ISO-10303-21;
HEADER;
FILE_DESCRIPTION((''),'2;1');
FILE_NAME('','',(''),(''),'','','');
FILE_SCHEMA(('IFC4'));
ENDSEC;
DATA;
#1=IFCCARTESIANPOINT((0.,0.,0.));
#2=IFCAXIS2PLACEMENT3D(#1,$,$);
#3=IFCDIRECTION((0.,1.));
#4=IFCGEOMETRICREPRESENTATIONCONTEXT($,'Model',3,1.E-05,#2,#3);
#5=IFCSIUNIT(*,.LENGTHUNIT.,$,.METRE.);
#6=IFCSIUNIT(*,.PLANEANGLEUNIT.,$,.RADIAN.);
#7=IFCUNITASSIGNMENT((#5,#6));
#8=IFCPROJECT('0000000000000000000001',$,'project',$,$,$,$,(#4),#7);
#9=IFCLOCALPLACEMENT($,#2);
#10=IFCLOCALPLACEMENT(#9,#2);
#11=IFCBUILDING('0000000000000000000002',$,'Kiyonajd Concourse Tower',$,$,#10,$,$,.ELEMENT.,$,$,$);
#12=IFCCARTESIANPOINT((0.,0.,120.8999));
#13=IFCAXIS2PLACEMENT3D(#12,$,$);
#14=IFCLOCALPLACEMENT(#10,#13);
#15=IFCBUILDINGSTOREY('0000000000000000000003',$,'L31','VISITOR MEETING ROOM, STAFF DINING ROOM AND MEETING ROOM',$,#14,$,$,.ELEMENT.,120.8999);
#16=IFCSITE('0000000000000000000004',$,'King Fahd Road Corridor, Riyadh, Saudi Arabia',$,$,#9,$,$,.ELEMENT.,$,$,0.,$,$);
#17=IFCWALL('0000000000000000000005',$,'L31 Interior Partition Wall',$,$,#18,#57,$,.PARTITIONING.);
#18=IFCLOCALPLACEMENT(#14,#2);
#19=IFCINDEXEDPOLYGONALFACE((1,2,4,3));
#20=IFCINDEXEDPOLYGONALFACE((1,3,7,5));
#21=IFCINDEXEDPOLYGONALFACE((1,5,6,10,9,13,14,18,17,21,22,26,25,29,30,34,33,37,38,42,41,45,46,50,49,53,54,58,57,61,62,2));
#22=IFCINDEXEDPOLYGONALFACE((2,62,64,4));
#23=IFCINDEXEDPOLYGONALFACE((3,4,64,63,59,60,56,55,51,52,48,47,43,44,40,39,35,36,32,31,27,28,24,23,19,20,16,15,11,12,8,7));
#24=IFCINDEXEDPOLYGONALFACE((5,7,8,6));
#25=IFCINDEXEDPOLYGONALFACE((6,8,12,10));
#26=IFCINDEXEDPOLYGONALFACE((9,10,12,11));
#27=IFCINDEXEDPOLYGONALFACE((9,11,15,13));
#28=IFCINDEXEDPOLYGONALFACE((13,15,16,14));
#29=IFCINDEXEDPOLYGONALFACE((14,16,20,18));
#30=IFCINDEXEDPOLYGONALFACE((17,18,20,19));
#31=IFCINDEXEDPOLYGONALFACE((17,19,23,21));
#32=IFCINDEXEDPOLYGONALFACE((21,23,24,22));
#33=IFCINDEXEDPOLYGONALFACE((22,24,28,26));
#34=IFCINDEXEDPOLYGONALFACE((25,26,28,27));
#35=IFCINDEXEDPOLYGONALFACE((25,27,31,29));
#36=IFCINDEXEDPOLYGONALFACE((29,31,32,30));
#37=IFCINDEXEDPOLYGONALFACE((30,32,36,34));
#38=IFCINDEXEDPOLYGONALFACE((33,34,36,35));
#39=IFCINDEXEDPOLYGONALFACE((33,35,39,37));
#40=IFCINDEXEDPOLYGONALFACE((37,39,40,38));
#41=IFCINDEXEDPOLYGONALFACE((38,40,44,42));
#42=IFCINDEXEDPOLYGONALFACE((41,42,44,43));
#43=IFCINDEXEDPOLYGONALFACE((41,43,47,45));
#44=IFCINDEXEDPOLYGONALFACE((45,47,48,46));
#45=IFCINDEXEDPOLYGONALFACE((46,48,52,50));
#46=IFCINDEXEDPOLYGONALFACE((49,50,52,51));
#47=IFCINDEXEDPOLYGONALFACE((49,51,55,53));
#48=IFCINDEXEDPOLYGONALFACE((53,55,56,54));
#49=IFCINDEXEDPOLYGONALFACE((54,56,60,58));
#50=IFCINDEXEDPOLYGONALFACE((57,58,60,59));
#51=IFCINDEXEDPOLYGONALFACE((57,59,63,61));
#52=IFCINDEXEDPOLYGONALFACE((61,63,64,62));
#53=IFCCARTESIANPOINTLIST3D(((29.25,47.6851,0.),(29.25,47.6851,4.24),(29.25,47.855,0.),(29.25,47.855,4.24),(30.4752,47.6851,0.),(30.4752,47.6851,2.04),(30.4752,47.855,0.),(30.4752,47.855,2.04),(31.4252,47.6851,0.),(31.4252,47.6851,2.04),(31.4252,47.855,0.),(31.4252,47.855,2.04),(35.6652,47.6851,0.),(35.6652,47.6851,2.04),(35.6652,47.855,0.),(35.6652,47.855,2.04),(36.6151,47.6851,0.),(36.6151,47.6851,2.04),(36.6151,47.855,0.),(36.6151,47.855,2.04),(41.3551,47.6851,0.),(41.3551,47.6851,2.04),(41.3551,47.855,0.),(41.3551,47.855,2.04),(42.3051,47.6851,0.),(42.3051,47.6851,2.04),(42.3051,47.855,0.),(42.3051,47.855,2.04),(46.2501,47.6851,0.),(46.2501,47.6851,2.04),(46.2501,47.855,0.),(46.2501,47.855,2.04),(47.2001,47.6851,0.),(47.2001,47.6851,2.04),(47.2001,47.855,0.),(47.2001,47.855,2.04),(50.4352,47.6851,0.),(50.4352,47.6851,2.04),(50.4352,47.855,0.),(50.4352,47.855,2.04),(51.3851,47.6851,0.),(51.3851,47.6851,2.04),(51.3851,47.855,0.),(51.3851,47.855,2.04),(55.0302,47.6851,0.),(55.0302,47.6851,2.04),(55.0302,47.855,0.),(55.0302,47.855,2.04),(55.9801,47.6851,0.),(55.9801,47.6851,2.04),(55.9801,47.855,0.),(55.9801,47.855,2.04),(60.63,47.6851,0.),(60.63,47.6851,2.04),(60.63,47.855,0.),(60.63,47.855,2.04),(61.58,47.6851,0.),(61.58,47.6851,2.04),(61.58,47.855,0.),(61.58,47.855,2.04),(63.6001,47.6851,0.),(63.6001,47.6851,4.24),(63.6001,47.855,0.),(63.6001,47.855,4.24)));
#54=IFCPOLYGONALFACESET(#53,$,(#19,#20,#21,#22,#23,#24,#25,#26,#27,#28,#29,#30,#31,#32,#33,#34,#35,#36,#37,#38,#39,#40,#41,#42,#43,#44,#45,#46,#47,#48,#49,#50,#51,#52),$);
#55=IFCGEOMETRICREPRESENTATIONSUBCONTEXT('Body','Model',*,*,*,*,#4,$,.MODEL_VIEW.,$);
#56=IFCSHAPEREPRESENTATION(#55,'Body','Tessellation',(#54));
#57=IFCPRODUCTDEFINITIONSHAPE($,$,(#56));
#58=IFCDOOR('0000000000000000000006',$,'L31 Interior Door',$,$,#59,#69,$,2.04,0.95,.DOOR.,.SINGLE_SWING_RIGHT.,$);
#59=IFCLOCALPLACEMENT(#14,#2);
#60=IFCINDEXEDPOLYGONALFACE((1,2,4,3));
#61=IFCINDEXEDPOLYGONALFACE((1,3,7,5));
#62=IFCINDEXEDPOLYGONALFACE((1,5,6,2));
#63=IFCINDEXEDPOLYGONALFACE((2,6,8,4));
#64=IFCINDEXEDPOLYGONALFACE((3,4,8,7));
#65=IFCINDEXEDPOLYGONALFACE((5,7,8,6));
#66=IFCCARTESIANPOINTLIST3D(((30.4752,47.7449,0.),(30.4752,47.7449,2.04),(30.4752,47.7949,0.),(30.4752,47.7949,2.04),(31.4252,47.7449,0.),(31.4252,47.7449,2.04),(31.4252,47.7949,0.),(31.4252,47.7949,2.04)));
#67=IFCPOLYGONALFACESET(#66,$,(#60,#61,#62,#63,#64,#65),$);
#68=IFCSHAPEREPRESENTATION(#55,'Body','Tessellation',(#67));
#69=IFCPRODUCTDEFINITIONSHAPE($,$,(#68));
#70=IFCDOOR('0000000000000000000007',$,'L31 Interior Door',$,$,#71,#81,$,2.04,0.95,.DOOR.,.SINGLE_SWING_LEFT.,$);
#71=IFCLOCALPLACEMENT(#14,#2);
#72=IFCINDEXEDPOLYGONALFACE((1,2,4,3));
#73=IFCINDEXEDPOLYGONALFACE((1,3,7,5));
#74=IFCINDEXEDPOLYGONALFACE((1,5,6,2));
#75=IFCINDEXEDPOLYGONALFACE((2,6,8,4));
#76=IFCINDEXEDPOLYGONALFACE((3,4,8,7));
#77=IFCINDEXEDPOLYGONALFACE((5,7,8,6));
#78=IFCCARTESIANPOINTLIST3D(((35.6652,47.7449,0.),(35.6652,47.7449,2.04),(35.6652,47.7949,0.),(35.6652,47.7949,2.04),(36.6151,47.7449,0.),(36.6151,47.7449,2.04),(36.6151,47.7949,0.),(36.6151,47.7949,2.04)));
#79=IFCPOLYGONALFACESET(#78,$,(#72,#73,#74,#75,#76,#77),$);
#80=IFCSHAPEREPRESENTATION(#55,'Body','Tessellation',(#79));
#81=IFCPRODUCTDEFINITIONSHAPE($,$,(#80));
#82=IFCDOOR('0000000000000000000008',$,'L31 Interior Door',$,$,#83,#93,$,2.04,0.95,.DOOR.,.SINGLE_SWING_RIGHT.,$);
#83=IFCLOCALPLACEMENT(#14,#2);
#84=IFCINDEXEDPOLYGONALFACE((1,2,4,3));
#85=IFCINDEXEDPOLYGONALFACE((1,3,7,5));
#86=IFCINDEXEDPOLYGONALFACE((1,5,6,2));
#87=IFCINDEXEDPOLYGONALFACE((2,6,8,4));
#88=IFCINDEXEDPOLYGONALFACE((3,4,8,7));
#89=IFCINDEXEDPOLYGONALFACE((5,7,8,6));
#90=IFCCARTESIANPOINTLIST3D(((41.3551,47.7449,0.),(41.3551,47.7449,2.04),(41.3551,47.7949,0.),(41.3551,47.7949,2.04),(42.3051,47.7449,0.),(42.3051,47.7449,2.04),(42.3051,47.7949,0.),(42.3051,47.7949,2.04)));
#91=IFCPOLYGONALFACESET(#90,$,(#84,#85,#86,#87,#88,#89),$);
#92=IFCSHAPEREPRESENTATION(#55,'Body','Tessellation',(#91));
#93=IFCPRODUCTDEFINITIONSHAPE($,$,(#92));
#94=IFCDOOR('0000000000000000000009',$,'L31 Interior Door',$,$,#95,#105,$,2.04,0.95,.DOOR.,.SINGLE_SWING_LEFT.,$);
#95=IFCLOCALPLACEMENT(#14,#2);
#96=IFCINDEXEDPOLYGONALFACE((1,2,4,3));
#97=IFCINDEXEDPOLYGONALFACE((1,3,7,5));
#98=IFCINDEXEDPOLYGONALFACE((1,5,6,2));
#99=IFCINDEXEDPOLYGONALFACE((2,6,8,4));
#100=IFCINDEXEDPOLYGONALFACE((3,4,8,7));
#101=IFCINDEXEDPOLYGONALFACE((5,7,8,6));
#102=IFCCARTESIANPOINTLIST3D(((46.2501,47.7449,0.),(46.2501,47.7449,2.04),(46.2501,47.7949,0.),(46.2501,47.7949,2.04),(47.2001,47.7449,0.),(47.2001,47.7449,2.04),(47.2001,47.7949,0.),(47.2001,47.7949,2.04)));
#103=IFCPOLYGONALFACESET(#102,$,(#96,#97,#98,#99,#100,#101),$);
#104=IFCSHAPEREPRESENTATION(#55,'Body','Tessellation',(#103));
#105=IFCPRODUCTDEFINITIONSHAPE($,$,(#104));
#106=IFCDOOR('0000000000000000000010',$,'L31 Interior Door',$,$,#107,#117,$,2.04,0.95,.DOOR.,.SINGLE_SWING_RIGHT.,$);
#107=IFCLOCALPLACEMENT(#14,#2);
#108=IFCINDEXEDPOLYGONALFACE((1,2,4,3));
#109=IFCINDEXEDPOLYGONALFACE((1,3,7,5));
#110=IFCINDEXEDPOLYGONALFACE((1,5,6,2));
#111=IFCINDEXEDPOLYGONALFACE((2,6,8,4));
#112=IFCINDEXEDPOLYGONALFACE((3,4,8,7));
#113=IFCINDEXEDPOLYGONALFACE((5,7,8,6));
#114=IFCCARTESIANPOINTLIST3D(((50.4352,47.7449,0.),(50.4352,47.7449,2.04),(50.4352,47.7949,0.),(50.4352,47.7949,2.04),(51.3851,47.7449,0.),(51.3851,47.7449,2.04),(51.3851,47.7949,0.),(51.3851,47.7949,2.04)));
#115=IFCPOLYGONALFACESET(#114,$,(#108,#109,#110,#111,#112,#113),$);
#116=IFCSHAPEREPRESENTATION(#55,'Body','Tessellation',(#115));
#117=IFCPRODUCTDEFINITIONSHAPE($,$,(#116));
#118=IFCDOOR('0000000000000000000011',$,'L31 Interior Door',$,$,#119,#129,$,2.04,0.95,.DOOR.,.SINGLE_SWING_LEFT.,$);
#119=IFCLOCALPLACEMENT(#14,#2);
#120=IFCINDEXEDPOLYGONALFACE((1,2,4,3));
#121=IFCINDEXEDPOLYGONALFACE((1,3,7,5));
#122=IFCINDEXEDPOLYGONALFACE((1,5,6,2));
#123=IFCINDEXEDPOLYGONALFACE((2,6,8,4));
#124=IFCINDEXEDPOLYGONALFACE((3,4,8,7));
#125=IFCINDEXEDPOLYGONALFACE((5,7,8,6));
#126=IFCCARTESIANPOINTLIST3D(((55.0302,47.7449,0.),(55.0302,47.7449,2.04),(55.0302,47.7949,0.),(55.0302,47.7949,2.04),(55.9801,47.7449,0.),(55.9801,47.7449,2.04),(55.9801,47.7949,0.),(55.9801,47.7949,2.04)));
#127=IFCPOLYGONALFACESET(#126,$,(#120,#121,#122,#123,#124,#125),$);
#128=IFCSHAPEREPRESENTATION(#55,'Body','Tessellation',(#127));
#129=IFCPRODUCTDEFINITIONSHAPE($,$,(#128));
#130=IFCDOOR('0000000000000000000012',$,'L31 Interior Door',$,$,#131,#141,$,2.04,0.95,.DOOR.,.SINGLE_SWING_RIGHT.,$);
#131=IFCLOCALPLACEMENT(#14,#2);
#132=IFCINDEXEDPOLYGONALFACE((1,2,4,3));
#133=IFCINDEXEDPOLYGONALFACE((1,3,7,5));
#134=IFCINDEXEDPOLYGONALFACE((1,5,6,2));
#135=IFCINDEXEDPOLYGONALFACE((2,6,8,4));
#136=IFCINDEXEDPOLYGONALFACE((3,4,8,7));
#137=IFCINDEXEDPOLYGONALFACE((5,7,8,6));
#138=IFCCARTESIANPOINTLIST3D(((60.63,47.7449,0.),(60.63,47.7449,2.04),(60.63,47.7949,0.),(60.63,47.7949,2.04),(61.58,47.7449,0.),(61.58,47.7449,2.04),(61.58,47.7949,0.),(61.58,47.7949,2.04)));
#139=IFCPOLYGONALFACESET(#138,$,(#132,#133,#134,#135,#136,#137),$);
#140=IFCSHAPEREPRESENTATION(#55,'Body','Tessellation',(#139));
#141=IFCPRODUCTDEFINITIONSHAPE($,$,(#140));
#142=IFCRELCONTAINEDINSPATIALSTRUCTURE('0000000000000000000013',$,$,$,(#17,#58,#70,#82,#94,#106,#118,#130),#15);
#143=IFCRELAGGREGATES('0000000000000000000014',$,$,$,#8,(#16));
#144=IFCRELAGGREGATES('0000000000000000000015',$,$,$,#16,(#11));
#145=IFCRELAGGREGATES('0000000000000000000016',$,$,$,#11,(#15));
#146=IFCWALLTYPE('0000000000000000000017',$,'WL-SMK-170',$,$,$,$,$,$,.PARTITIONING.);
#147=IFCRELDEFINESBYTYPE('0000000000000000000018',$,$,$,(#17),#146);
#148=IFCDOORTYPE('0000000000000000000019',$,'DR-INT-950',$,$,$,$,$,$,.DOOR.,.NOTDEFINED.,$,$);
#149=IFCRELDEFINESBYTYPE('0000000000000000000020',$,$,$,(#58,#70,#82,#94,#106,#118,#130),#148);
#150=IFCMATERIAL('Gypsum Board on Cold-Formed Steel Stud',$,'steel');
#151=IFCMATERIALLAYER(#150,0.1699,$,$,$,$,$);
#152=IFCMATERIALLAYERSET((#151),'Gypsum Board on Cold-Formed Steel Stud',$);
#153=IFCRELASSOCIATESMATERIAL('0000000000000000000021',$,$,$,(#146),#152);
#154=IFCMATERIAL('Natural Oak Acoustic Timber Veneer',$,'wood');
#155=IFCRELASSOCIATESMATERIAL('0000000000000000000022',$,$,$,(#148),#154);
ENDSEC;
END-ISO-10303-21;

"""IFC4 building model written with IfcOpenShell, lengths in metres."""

from ifc_helpers import new_model, si_unit, direction, frame, frame_2d, origin, place, context, subcontext, project, spatial, rectangle, extrude, material, layer, layer_set, type_object, element, fill, save


model = new_model("IFC4")

# Units and contexts
model_context = context("Model", 3, precision=1e-05, world=origin(), true_north=direction((0.0, 1.0)))
body_context = subcontext(model_context, "Body", "Model", "MODEL_VIEW")
ifc_project = project(units=[si_unit("LENGTHUNIT", "METRE"), si_unit("PLANEANGLEUNIT", "RADIAN")], contexts=[model_context])

# Site, building, storey
site_placement = place(None, origin())
site = spatial("IfcSite", under=ifc_project, at=site_placement, Name="King Fahd Road Corridor, Riyadh, Saudi Arabia", CompositionType="ELEMENT", RefElevation=0.0)
building_placement = place(site_placement, origin())
building = spatial("IfcBuilding", under=site, at=building_placement, Name="Kiyonajd Concourse Tower", CompositionType="ELEMENT")
storey_placement = place(building_placement, frame((0.0, 0.0, 120.8999)))
storey = spatial("IfcBuildingStorey", under=building, at=storey_placement, Name="L31", Description="VISITOR MEETING ROOM, STAFF DINING ROOM AND MEETING ROOM", CompositionType="ELEMENT", Elevation=120.8999)

# Wall, openings, doors
ifc_material_1 = material(Name="Gypsum Board on Cold-Formed Steel Stud", Category="steel")
ifc_layer_1 = layer(ifc_material_1, 0.1699)
ifc_layer_set_1 = layer_set([ifc_layer_1], Name="Gypsum Board on Cold-Formed Steel Stud")
wall_type = type_object("IfcWallType", Name="WL-SMK-170", PredefinedType="PARTITIONING", material=ifc_layer_set_1)
wall_placement = place(storey_placement, frame((29.25, 47.77, 0.0), z_axis=(0.0, 0.0, 1.0), x_axis=(1.0, 0.0, 0.0)))
wall = element("IfcWall", 1, at=wall_placement, inside=storey, type_object=wall_type, Name="L31 Interior Partition Wall", PredefinedType="PARTITIONING", context=body_context, shape_type="SweptSolid", body=[
    extrude(rectangle(XDim=34.3501, YDim=0.1699, at=frame_2d((17.175, 0.0))), origin(), (0.0, 0.0, 1.0), 4.24),
])
opening_1_placement = place(wall_placement, frame((1.2251, 0.0, 0.0)))
opening_1 = element("IfcOpeningElement", 2, at=opening_1_placement, cuts=wall, PredefinedType="OPENING", context=body_context, shape_type="SweptSolid", body=[
    extrude(rectangle(XDim=0.95, YDim=2.04, at=frame_2d((0.4751, 1.02))), frame((0.0, 0.095, 0.0), z_axis=(0.0, -1.0, 0.0), x_axis=(1.0, 0.0, 0.0)), (0.0, 0.0, 1.0), 0.1899),
])
opening_2_placement = place(wall_placement, frame((6.415, 0.0, 0.0)))
opening_2 = element("IfcOpeningElement", 3, at=opening_2_placement, cuts=wall, PredefinedType="OPENING", context=body_context, shape_type="SweptSolid", body=[
    extrude(rectangle(XDim=0.95, YDim=2.04, at=frame_2d((0.4751, 1.02))), frame((0.0, 0.095, 0.0), z_axis=(0.0, -1.0, 0.0), x_axis=(1.0, 0.0, 0.0)), (0.0, 0.0, 1.0), 0.1899),
])
opening_3_placement = place(wall_placement, frame((12.105, 0.0, 0.0)))
opening_3 = element("IfcOpeningElement", 4, at=opening_3_placement, cuts=wall, PredefinedType="OPENING", context=body_context, shape_type="SweptSolid", body=[
    extrude(rectangle(XDim=0.95, YDim=2.04, at=frame_2d((0.4751, 1.02))), frame((0.0, 0.095, 0.0), z_axis=(0.0, -1.0, 0.0), x_axis=(1.0, 0.0, 0.0)), (0.0, 0.0, 1.0), 0.1899),
])
opening_4_placement = place(wall_placement, frame((17.0, 0.0, 0.0)))
opening_4 = element("IfcOpeningElement", 5, at=opening_4_placement, cuts=wall, PredefinedType="OPENING", context=body_context, shape_type="SweptSolid", body=[
    extrude(rectangle(XDim=0.95, YDim=2.04, at=frame_2d((0.4751, 1.02))), frame((0.0, 0.095, 0.0), z_axis=(0.0, -1.0, 0.0), x_axis=(1.0, 0.0, 0.0)), (0.0, 0.0, 1.0), 0.1899),
])
opening_5_placement = place(wall_placement, frame((21.1851, 0.0, 0.0)))
opening_5 = element("IfcOpeningElement", 6, at=opening_5_placement, cuts=wall, PredefinedType="OPENING", context=body_context, shape_type="SweptSolid", body=[
    extrude(rectangle(XDim=0.95, YDim=2.04, at=frame_2d((0.4751, 1.02))), frame((0.0, 0.095, 0.0), z_axis=(0.0, -1.0, 0.0), x_axis=(1.0, 0.0, 0.0)), (0.0, 0.0, 1.0), 0.1899),
])
opening_6_placement = place(wall_placement, frame((25.78, 0.0, 0.0)))
opening_6 = element("IfcOpeningElement", 7, at=opening_6_placement, cuts=wall, PredefinedType="OPENING", context=body_context, shape_type="SweptSolid", body=[
    extrude(rectangle(XDim=0.95, YDim=2.04, at=frame_2d((0.4751, 1.02))), frame((0.0, 0.095, 0.0), z_axis=(0.0, -1.0, 0.0), x_axis=(1.0, 0.0, 0.0)), (0.0, 0.0, 1.0), 0.1899),
])
opening_7_placement = place(wall_placement, frame((31.3799, 0.0, 0.0)))
opening_7 = element("IfcOpeningElement", 8, at=opening_7_placement, cuts=wall, PredefinedType="OPENING", context=body_context, shape_type="SweptSolid", body=[
    extrude(rectangle(XDim=0.95, YDim=2.04, at=frame_2d((0.4751, 1.02))), frame((0.0, 0.095, 0.0), z_axis=(0.0, -1.0, 0.0), x_axis=(1.0, 0.0, 0.0)), (0.0, 0.0, 1.0), 0.1899),
])
ifc_material_2 = material(Name="Natural Oak Acoustic Timber Veneer", Category="wood")
door_type = type_object("IfcDoorType", Name="DR-INT-950", OperationType="NOTDEFINED", PredefinedType="DOOR", material=ifc_material_2)
door_1_placement = place(opening_1_placement, origin())
door_1 = element("IfcDoor", 9, at=door_1_placement, inside=storey, type_object=door_type, Name="L31 Interior Door", OperationType="SINGLE_SWING_RIGHT", OverallHeight=2.04, OverallWidth=0.95, PredefinedType="DOOR", context=body_context, shape_type="SweptSolid", body=[
    extrude(rectangle(XDim=0.95, YDim=2.04, at=frame_2d((0.4751, 1.02))), frame((0.0, 0.0249, 0.0), z_axis=(0.0, -1.0, 0.0), x_axis=(1.0, 0.0, 0.0)), (0.0, 0.0, 1.0), 0.05),
])
fill(opening_1, door_1)
door_2_placement = place(opening_2_placement, origin())
door_2 = element("IfcDoor", 10, at=door_2_placement, inside=storey, type_object=door_type, Name="L31 Interior Door", OperationType="SINGLE_SWING_LEFT", OverallHeight=2.04, OverallWidth=0.95, PredefinedType="DOOR", context=body_context, shape_type="SweptSolid", body=[
    extrude(rectangle(XDim=0.95, YDim=2.04, at=frame_2d((0.4751, 1.02))), frame((0.0, 0.0249, 0.0), z_axis=(0.0, -1.0, 0.0), x_axis=(1.0, 0.0, 0.0)), (0.0, 0.0, 1.0), 0.05),
])
fill(opening_2, door_2)
door_3_placement = place(opening_3_placement, origin())
door_3 = element("IfcDoor", 11, at=door_3_placement, inside=storey, type_object=door_type, Name="L31 Interior Door", OperationType="SINGLE_SWING_RIGHT", OverallHeight=2.04, OverallWidth=0.95, PredefinedType="DOOR", context=body_context, shape_type="SweptSolid", body=[
    extrude(rectangle(XDim=0.95, YDim=2.04, at=frame_2d((0.4751, 1.02))), frame((0.0, 0.0249, 0.0), z_axis=(0.0, -1.0, 0.0), x_axis=(1.0, 0.0, 0.0)), (0.0, 0.0, 1.0), 0.05),
])
fill(opening_3, door_3)
door_4_placement = place(opening_4_placement, origin())
door_4 = element("IfcDoor", 12, at=door_4_placement, inside=storey, type_object=door_type, Name="L31 Interior Door", OperationType="SINGLE_SWING_LEFT", OverallHeight=2.04, OverallWidth=0.95, PredefinedType="DOOR", context=body_context, shape_type="SweptSolid", body=[
    extrude(rectangle(XDim=0.95, YDim=2.04, at=frame_2d((0.4751, 1.02))), frame((0.0, 0.0249, 0.0), z_axis=(0.0, -1.0, 0.0), x_axis=(1.0, 0.0, 0.0)), (0.0, 0.0, 1.0), 0.05),
])
fill(opening_4, door_4)
door_5_placement = place(opening_5_placement, origin())
door_5 = element("IfcDoor", 13, at=door_5_placement, inside=storey, type_object=door_type, Name="L31 Interior Door", OperationType="SINGLE_SWING_RIGHT", OverallHeight=2.04, OverallWidth=0.95, PredefinedType="DOOR", context=body_context, shape_type="SweptSolid", body=[
    extrude(rectangle(XDim=0.95, YDim=2.04, at=frame_2d((0.4751, 1.02))), frame((0.0, 0.0249, 0.0), z_axis=(0.0, -1.0, 0.0), x_axis=(1.0, 0.0, 0.0)), (0.0, 0.0, 1.0), 0.05),
])
fill(opening_5, door_5)
door_6_placement = place(opening_6_placement, origin())
door_6 = element("IfcDoor", 14, at=door_6_placement, inside=storey, type_object=door_type, Name="L31 Interior Door", OperationType="SINGLE_SWING_LEFT", OverallHeight=2.04, OverallWidth=0.95, PredefinedType="DOOR", context=body_context, shape_type="SweptSolid", body=[
    extrude(rectangle(XDim=0.95, YDim=2.04, at=frame_2d((0.4751, 1.02))), frame((0.0, 0.0249, 0.0), z_axis=(0.0, -1.0, 0.0), x_axis=(1.0, 0.0, 0.0)), (0.0, 0.0, 1.0), 0.05),
])
fill(opening_6, door_6)
door_7_placement = place(opening_7_placement, origin())
door_7 = element("IfcDoor", 15, at=door_7_placement, inside=storey, type_object=door_type, Name="L31 Interior Door", OperationType="SINGLE_SWING_RIGHT", OverallHeight=2.04, OverallWidth=0.95, PredefinedType="DOOR", context=body_context, shape_type="SweptSolid", body=[
    extrude(rectangle(XDim=0.95, YDim=2.04, at=frame_2d((0.4751, 1.02))), frame((0.0, 0.0249, 0.0), z_axis=(0.0, -1.0, 0.0), x_axis=(1.0, 0.0, 0.0)), (0.0, 0.0, 1.0), 0.05),
])
fill(opening_7, door_7)

save(model, "model.ifc")
